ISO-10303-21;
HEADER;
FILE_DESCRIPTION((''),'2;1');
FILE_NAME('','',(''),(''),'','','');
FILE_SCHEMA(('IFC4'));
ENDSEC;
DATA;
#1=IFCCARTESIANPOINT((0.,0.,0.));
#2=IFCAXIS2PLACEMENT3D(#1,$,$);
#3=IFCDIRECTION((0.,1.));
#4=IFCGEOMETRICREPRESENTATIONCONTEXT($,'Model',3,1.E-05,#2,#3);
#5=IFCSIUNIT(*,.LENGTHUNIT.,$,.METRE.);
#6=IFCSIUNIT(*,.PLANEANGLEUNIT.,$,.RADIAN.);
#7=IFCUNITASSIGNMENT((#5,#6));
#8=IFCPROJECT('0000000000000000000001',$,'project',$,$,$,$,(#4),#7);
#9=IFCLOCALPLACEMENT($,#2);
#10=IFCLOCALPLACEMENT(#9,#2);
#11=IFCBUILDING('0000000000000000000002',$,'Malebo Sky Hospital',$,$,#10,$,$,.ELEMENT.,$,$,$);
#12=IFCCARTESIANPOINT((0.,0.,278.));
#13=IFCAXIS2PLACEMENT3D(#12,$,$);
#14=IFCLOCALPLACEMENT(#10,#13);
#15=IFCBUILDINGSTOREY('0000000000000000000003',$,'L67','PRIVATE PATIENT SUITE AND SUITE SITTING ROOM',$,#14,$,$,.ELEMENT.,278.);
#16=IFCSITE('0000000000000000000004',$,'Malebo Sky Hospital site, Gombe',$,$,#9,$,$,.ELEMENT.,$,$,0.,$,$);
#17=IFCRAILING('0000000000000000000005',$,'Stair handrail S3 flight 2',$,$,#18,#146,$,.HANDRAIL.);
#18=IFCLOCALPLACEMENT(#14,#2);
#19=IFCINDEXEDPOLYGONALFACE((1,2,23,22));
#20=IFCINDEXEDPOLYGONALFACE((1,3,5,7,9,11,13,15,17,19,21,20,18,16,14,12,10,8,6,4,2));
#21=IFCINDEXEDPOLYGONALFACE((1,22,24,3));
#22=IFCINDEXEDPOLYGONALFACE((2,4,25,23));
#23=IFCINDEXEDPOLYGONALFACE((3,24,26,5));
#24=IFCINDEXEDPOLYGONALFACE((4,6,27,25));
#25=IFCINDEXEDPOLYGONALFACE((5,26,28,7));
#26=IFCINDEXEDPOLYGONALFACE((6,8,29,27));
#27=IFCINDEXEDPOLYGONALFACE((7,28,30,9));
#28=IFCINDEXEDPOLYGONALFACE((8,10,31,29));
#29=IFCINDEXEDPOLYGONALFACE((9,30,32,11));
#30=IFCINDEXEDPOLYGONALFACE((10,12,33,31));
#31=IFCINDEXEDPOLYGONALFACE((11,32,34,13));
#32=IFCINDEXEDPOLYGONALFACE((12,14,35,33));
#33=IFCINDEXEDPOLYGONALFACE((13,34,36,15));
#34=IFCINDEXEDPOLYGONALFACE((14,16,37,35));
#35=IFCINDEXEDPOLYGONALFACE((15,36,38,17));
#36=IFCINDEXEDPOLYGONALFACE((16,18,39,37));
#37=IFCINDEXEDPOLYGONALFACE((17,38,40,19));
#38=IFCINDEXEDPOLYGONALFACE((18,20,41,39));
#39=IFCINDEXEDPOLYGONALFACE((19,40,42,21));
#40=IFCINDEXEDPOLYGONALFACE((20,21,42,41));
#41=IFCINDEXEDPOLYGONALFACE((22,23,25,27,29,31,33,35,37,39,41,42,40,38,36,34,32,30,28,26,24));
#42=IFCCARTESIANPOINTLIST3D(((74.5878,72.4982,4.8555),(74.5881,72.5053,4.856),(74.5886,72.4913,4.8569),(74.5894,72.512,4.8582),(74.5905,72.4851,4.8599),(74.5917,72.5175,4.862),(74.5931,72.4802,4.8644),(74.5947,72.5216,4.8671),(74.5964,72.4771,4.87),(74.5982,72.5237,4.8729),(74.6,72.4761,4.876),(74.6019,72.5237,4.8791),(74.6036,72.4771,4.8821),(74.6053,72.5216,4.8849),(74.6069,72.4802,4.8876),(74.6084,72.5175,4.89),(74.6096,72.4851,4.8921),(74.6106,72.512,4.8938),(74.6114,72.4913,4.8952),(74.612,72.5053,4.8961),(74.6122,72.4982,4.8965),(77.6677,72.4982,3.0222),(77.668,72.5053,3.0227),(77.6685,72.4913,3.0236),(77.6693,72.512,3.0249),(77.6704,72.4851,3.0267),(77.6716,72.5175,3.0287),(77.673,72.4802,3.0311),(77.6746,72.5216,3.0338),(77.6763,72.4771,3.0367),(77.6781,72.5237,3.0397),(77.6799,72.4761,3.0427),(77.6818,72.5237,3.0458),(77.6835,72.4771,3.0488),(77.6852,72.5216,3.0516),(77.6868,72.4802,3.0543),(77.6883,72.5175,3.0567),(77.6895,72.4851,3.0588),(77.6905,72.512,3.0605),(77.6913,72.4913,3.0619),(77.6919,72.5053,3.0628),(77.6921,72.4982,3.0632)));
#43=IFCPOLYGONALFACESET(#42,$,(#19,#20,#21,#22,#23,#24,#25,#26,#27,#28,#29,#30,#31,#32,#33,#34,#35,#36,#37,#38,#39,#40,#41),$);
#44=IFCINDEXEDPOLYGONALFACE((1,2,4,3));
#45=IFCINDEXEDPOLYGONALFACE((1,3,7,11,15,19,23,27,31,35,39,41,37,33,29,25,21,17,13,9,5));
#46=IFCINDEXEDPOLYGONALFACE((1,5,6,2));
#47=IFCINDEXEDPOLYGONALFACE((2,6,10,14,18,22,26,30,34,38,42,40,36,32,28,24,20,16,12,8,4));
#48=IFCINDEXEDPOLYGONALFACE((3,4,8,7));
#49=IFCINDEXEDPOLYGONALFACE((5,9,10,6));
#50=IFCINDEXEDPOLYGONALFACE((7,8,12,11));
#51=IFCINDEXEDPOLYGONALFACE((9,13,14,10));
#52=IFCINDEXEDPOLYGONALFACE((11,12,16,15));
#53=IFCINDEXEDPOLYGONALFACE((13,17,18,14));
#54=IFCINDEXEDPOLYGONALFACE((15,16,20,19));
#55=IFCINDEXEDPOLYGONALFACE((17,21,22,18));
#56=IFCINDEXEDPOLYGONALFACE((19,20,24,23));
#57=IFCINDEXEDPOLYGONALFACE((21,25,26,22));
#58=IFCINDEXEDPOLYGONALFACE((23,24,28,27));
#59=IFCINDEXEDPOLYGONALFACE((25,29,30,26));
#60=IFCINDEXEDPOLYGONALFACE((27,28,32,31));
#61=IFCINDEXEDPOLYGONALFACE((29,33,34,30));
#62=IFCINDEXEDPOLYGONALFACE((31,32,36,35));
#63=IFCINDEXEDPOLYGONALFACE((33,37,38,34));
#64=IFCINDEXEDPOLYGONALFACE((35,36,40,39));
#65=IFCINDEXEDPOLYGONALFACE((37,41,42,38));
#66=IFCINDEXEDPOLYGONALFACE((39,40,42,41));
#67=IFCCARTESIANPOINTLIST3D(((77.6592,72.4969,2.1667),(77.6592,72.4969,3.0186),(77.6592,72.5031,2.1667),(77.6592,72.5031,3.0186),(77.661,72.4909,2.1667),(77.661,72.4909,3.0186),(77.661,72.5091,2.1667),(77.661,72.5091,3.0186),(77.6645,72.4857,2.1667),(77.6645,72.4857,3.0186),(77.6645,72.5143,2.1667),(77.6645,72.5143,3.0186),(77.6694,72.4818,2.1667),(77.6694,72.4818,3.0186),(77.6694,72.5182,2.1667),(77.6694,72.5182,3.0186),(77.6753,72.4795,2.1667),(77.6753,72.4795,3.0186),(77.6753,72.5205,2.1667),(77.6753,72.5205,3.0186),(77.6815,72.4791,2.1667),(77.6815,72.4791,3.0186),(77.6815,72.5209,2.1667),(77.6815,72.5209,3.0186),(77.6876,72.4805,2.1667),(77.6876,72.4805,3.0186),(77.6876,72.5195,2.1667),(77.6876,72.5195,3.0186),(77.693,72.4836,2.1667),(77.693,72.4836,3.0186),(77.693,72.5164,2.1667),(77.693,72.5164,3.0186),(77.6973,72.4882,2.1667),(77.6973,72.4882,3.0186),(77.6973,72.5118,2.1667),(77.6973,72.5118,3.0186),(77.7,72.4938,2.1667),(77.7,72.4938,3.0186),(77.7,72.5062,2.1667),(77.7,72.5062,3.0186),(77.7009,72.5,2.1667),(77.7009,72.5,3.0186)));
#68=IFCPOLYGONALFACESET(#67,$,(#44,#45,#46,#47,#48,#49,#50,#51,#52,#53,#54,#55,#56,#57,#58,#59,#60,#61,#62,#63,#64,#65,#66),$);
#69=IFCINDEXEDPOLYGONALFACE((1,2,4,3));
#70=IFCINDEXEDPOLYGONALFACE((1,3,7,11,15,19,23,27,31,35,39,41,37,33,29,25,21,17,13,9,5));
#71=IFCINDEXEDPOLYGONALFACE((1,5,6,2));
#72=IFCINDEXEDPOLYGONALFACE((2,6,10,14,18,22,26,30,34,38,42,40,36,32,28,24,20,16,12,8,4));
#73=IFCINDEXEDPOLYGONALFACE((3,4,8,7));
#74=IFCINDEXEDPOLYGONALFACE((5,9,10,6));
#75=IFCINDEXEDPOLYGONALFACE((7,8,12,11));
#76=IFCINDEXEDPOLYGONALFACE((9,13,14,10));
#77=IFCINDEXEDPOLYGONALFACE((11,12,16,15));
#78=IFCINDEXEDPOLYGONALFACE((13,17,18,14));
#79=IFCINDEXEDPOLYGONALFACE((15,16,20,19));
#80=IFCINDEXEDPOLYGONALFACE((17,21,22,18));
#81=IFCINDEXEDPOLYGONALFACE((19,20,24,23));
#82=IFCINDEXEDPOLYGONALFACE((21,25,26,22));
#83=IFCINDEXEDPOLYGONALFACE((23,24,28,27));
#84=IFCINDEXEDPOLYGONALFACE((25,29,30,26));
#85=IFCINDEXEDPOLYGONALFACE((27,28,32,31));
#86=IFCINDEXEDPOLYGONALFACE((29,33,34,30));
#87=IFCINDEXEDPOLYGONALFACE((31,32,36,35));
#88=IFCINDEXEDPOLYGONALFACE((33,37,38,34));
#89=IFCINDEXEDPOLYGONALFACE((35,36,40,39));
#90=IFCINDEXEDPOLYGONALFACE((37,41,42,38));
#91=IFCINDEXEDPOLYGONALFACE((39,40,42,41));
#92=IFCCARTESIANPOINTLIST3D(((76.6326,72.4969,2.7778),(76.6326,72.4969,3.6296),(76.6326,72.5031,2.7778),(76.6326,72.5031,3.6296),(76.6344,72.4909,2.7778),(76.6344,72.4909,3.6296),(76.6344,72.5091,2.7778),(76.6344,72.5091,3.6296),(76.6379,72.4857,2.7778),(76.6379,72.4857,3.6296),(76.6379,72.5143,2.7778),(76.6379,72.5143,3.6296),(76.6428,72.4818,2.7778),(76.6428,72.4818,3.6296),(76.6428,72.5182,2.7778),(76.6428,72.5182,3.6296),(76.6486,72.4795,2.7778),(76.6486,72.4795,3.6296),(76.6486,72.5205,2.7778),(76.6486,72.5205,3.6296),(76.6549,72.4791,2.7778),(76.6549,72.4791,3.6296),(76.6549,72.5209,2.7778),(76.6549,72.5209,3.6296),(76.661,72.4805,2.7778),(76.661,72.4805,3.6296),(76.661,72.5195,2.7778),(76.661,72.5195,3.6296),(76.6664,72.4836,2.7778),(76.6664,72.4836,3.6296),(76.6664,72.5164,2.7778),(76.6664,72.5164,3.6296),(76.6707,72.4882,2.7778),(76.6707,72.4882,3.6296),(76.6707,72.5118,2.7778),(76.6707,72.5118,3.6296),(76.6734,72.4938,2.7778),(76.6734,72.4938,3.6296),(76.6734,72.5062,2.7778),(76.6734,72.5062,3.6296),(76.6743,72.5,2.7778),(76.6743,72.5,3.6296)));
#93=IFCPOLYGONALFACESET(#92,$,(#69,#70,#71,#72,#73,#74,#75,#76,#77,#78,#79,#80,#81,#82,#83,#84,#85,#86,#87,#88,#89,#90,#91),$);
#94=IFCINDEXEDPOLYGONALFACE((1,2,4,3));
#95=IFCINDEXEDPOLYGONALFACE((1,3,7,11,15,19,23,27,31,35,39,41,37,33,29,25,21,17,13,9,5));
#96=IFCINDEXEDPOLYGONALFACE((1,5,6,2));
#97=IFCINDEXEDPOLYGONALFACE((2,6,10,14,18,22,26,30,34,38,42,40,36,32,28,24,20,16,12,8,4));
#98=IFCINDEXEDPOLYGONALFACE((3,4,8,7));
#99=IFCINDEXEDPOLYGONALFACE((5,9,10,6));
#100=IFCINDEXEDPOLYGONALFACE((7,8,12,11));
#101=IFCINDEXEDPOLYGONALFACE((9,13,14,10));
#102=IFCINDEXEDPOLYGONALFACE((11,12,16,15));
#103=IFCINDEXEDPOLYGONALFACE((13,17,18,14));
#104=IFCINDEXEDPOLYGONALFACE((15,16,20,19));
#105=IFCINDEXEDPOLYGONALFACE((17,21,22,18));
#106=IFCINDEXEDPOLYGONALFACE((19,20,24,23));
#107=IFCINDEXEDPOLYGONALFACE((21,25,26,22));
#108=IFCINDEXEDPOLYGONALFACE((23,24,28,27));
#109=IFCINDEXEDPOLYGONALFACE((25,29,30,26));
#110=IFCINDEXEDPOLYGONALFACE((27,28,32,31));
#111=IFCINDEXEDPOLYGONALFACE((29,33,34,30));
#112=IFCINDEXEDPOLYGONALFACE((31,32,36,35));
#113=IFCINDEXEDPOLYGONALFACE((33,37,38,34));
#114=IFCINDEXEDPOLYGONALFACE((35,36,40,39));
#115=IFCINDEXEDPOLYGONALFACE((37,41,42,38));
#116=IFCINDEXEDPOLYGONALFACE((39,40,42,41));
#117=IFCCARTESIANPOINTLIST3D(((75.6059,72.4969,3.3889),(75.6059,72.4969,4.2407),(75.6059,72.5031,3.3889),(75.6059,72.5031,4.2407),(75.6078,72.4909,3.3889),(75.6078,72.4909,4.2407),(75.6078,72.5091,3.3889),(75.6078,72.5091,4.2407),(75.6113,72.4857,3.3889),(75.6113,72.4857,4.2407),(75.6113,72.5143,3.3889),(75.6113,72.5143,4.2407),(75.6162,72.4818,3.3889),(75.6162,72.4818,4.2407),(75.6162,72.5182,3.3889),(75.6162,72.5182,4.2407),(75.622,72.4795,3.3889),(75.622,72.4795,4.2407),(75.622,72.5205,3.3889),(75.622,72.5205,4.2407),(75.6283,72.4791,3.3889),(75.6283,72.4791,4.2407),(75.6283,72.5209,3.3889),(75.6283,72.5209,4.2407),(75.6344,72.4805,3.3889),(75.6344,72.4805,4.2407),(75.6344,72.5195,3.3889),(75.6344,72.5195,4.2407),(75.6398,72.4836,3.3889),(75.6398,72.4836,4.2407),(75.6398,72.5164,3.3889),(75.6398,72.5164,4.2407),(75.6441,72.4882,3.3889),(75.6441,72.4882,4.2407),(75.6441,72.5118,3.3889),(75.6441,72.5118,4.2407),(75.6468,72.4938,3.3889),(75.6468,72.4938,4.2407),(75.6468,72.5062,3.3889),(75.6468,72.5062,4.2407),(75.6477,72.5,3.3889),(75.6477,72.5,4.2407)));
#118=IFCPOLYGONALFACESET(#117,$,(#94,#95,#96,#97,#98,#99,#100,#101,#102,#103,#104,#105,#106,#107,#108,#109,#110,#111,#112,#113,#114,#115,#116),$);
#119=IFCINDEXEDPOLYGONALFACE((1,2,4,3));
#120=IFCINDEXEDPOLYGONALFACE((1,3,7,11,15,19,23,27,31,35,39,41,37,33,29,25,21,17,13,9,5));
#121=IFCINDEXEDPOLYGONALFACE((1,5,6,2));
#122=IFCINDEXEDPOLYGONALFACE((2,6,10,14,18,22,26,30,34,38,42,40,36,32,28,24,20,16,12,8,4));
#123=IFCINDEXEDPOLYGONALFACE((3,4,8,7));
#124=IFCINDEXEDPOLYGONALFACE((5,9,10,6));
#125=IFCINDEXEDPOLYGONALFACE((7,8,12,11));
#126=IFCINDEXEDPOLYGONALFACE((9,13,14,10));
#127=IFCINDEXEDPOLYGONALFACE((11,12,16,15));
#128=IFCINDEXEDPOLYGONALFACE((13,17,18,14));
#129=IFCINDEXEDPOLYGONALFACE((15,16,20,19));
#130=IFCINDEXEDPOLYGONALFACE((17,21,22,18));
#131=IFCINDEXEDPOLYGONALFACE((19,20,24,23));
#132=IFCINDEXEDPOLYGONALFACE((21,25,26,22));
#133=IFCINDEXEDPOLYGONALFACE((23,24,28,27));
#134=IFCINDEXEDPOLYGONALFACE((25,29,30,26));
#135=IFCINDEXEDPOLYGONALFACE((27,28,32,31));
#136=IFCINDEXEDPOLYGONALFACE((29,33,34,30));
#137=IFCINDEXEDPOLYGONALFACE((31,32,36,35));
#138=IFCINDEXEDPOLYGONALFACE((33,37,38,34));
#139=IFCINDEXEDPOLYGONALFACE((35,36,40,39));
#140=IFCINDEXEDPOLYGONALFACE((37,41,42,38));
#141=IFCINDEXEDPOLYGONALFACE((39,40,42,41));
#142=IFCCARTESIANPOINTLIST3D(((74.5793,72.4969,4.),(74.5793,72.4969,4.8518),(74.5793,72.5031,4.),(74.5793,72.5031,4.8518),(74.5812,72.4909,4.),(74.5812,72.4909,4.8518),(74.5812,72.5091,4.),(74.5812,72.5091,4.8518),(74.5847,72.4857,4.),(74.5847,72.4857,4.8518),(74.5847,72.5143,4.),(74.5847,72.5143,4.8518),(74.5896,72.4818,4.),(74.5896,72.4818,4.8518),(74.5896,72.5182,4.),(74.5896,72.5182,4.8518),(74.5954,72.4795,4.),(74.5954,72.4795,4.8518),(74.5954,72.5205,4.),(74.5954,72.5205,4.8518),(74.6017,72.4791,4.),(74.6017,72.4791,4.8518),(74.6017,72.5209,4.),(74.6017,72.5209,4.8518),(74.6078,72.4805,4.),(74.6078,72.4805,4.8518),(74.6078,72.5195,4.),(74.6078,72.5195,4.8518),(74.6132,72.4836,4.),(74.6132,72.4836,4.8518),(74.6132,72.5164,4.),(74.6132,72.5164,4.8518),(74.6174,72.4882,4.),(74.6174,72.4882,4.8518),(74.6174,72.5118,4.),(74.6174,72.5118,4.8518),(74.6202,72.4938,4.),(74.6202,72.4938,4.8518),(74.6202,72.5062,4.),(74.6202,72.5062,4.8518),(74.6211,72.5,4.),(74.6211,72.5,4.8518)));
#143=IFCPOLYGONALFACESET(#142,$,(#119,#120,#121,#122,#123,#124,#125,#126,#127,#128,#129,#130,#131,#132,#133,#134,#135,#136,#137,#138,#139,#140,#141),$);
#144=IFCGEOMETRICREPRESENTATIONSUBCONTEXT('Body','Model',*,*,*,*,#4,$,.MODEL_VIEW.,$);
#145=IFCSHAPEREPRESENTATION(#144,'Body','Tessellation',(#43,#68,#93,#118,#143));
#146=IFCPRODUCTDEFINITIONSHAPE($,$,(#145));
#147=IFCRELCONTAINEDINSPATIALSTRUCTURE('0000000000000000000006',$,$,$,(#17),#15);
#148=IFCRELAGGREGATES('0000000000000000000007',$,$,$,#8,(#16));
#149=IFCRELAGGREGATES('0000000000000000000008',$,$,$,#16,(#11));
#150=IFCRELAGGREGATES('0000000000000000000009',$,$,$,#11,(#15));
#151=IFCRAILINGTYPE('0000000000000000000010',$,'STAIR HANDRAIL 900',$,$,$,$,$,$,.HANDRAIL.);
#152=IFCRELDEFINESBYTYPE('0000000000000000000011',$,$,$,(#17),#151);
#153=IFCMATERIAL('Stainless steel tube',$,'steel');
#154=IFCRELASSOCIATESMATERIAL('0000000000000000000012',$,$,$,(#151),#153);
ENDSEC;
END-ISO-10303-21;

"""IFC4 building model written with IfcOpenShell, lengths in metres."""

from ifc_helpers import new_model, si_unit, direction, frame, origin, origin_2d, place, context, subcontext, project, spatial, circle, extrude, material, type_object, element, save


model = new_model("IFC4")

# Units and contexts
model_context = context("Model", 3, precision=1e-05, world=origin(), true_north=direction((0.0, 1.0)))
body_context = subcontext(model_context, "Body", "Model", "MODEL_VIEW")
ifc_project = project(units=[si_unit("LENGTHUNIT", "METRE"), si_unit("PLANEANGLEUNIT", "RADIAN")], contexts=[model_context])

# Site, building, storey
site_placement = place(None, origin())
site = spatial("IfcSite", under=ifc_project, at=site_placement, Name="Malebo Sky Hospital site, Gombe", CompositionType="ELEMENT", RefElevation=0.0)
building_placement = place(site_placement, origin())
building = spatial("IfcBuilding", under=site, at=building_placement, Name="Malebo Sky Hospital", CompositionType="ELEMENT")
storey_placement = place(building_placement, frame((0.0, 0.0, 278.0)))
storey = spatial("IfcBuildingStorey", under=building, at=storey_placement, Name="L67", Description="PRIVATE PATIENT SUITE AND SUITE SITTING ROOM", CompositionType="ELEMENT", Elevation=278.0)

# Railing
ifc_material_1 = material(Name="Stainless steel tube", Category="steel")
railing_type_1 = type_object("IfcRailingType", Name="STAIR HANDRAIL 900", PredefinedType="HANDRAIL", material=ifc_material_1)
railing_1_placement = place(storey_placement, frame((77.6799, 72.5, 2.1667)))
element("IfcRailing", 1, at=railing_1_placement, inside=storey, type_object=railing_type_1, Name="Stair handrail S3 flight 2", PredefinedType="HANDRAIL", context=body_context, shape_type="SweptSolid", body=[
    extrude(circle(Radius=0.0239, at=origin_2d()), frame((0.0, 0.0, 0.876), z_axis=(-0.859291, 0.0, 0.511487), x_axis=(0.0, -1.0, 0.0)), (0.0, 0.0, 1.0), 3.5842),
    extrude(circle(Radius=0.021, at=origin_2d()), origin(), (0.0, 0.0, 1.0), 0.8518),
    extrude(circle(Radius=0.021, at=origin_2d()), frame((-1.0266, 0.0, 0.6111)), (0.0, 0.0, 1.0), 0.8518),
    extrude(circle(Radius=0.021, at=origin_2d()), frame((-2.0532, 0.0, 1.2222)), (0.0, 0.0, 1.0), 0.8518),
    extrude(circle(Radius=0.021, at=origin_2d()), frame((-3.0798, 0.0, 1.8333)), (0.0, 0.0, 1.0), 0.8518),
])

save(model, "model.ifc")
